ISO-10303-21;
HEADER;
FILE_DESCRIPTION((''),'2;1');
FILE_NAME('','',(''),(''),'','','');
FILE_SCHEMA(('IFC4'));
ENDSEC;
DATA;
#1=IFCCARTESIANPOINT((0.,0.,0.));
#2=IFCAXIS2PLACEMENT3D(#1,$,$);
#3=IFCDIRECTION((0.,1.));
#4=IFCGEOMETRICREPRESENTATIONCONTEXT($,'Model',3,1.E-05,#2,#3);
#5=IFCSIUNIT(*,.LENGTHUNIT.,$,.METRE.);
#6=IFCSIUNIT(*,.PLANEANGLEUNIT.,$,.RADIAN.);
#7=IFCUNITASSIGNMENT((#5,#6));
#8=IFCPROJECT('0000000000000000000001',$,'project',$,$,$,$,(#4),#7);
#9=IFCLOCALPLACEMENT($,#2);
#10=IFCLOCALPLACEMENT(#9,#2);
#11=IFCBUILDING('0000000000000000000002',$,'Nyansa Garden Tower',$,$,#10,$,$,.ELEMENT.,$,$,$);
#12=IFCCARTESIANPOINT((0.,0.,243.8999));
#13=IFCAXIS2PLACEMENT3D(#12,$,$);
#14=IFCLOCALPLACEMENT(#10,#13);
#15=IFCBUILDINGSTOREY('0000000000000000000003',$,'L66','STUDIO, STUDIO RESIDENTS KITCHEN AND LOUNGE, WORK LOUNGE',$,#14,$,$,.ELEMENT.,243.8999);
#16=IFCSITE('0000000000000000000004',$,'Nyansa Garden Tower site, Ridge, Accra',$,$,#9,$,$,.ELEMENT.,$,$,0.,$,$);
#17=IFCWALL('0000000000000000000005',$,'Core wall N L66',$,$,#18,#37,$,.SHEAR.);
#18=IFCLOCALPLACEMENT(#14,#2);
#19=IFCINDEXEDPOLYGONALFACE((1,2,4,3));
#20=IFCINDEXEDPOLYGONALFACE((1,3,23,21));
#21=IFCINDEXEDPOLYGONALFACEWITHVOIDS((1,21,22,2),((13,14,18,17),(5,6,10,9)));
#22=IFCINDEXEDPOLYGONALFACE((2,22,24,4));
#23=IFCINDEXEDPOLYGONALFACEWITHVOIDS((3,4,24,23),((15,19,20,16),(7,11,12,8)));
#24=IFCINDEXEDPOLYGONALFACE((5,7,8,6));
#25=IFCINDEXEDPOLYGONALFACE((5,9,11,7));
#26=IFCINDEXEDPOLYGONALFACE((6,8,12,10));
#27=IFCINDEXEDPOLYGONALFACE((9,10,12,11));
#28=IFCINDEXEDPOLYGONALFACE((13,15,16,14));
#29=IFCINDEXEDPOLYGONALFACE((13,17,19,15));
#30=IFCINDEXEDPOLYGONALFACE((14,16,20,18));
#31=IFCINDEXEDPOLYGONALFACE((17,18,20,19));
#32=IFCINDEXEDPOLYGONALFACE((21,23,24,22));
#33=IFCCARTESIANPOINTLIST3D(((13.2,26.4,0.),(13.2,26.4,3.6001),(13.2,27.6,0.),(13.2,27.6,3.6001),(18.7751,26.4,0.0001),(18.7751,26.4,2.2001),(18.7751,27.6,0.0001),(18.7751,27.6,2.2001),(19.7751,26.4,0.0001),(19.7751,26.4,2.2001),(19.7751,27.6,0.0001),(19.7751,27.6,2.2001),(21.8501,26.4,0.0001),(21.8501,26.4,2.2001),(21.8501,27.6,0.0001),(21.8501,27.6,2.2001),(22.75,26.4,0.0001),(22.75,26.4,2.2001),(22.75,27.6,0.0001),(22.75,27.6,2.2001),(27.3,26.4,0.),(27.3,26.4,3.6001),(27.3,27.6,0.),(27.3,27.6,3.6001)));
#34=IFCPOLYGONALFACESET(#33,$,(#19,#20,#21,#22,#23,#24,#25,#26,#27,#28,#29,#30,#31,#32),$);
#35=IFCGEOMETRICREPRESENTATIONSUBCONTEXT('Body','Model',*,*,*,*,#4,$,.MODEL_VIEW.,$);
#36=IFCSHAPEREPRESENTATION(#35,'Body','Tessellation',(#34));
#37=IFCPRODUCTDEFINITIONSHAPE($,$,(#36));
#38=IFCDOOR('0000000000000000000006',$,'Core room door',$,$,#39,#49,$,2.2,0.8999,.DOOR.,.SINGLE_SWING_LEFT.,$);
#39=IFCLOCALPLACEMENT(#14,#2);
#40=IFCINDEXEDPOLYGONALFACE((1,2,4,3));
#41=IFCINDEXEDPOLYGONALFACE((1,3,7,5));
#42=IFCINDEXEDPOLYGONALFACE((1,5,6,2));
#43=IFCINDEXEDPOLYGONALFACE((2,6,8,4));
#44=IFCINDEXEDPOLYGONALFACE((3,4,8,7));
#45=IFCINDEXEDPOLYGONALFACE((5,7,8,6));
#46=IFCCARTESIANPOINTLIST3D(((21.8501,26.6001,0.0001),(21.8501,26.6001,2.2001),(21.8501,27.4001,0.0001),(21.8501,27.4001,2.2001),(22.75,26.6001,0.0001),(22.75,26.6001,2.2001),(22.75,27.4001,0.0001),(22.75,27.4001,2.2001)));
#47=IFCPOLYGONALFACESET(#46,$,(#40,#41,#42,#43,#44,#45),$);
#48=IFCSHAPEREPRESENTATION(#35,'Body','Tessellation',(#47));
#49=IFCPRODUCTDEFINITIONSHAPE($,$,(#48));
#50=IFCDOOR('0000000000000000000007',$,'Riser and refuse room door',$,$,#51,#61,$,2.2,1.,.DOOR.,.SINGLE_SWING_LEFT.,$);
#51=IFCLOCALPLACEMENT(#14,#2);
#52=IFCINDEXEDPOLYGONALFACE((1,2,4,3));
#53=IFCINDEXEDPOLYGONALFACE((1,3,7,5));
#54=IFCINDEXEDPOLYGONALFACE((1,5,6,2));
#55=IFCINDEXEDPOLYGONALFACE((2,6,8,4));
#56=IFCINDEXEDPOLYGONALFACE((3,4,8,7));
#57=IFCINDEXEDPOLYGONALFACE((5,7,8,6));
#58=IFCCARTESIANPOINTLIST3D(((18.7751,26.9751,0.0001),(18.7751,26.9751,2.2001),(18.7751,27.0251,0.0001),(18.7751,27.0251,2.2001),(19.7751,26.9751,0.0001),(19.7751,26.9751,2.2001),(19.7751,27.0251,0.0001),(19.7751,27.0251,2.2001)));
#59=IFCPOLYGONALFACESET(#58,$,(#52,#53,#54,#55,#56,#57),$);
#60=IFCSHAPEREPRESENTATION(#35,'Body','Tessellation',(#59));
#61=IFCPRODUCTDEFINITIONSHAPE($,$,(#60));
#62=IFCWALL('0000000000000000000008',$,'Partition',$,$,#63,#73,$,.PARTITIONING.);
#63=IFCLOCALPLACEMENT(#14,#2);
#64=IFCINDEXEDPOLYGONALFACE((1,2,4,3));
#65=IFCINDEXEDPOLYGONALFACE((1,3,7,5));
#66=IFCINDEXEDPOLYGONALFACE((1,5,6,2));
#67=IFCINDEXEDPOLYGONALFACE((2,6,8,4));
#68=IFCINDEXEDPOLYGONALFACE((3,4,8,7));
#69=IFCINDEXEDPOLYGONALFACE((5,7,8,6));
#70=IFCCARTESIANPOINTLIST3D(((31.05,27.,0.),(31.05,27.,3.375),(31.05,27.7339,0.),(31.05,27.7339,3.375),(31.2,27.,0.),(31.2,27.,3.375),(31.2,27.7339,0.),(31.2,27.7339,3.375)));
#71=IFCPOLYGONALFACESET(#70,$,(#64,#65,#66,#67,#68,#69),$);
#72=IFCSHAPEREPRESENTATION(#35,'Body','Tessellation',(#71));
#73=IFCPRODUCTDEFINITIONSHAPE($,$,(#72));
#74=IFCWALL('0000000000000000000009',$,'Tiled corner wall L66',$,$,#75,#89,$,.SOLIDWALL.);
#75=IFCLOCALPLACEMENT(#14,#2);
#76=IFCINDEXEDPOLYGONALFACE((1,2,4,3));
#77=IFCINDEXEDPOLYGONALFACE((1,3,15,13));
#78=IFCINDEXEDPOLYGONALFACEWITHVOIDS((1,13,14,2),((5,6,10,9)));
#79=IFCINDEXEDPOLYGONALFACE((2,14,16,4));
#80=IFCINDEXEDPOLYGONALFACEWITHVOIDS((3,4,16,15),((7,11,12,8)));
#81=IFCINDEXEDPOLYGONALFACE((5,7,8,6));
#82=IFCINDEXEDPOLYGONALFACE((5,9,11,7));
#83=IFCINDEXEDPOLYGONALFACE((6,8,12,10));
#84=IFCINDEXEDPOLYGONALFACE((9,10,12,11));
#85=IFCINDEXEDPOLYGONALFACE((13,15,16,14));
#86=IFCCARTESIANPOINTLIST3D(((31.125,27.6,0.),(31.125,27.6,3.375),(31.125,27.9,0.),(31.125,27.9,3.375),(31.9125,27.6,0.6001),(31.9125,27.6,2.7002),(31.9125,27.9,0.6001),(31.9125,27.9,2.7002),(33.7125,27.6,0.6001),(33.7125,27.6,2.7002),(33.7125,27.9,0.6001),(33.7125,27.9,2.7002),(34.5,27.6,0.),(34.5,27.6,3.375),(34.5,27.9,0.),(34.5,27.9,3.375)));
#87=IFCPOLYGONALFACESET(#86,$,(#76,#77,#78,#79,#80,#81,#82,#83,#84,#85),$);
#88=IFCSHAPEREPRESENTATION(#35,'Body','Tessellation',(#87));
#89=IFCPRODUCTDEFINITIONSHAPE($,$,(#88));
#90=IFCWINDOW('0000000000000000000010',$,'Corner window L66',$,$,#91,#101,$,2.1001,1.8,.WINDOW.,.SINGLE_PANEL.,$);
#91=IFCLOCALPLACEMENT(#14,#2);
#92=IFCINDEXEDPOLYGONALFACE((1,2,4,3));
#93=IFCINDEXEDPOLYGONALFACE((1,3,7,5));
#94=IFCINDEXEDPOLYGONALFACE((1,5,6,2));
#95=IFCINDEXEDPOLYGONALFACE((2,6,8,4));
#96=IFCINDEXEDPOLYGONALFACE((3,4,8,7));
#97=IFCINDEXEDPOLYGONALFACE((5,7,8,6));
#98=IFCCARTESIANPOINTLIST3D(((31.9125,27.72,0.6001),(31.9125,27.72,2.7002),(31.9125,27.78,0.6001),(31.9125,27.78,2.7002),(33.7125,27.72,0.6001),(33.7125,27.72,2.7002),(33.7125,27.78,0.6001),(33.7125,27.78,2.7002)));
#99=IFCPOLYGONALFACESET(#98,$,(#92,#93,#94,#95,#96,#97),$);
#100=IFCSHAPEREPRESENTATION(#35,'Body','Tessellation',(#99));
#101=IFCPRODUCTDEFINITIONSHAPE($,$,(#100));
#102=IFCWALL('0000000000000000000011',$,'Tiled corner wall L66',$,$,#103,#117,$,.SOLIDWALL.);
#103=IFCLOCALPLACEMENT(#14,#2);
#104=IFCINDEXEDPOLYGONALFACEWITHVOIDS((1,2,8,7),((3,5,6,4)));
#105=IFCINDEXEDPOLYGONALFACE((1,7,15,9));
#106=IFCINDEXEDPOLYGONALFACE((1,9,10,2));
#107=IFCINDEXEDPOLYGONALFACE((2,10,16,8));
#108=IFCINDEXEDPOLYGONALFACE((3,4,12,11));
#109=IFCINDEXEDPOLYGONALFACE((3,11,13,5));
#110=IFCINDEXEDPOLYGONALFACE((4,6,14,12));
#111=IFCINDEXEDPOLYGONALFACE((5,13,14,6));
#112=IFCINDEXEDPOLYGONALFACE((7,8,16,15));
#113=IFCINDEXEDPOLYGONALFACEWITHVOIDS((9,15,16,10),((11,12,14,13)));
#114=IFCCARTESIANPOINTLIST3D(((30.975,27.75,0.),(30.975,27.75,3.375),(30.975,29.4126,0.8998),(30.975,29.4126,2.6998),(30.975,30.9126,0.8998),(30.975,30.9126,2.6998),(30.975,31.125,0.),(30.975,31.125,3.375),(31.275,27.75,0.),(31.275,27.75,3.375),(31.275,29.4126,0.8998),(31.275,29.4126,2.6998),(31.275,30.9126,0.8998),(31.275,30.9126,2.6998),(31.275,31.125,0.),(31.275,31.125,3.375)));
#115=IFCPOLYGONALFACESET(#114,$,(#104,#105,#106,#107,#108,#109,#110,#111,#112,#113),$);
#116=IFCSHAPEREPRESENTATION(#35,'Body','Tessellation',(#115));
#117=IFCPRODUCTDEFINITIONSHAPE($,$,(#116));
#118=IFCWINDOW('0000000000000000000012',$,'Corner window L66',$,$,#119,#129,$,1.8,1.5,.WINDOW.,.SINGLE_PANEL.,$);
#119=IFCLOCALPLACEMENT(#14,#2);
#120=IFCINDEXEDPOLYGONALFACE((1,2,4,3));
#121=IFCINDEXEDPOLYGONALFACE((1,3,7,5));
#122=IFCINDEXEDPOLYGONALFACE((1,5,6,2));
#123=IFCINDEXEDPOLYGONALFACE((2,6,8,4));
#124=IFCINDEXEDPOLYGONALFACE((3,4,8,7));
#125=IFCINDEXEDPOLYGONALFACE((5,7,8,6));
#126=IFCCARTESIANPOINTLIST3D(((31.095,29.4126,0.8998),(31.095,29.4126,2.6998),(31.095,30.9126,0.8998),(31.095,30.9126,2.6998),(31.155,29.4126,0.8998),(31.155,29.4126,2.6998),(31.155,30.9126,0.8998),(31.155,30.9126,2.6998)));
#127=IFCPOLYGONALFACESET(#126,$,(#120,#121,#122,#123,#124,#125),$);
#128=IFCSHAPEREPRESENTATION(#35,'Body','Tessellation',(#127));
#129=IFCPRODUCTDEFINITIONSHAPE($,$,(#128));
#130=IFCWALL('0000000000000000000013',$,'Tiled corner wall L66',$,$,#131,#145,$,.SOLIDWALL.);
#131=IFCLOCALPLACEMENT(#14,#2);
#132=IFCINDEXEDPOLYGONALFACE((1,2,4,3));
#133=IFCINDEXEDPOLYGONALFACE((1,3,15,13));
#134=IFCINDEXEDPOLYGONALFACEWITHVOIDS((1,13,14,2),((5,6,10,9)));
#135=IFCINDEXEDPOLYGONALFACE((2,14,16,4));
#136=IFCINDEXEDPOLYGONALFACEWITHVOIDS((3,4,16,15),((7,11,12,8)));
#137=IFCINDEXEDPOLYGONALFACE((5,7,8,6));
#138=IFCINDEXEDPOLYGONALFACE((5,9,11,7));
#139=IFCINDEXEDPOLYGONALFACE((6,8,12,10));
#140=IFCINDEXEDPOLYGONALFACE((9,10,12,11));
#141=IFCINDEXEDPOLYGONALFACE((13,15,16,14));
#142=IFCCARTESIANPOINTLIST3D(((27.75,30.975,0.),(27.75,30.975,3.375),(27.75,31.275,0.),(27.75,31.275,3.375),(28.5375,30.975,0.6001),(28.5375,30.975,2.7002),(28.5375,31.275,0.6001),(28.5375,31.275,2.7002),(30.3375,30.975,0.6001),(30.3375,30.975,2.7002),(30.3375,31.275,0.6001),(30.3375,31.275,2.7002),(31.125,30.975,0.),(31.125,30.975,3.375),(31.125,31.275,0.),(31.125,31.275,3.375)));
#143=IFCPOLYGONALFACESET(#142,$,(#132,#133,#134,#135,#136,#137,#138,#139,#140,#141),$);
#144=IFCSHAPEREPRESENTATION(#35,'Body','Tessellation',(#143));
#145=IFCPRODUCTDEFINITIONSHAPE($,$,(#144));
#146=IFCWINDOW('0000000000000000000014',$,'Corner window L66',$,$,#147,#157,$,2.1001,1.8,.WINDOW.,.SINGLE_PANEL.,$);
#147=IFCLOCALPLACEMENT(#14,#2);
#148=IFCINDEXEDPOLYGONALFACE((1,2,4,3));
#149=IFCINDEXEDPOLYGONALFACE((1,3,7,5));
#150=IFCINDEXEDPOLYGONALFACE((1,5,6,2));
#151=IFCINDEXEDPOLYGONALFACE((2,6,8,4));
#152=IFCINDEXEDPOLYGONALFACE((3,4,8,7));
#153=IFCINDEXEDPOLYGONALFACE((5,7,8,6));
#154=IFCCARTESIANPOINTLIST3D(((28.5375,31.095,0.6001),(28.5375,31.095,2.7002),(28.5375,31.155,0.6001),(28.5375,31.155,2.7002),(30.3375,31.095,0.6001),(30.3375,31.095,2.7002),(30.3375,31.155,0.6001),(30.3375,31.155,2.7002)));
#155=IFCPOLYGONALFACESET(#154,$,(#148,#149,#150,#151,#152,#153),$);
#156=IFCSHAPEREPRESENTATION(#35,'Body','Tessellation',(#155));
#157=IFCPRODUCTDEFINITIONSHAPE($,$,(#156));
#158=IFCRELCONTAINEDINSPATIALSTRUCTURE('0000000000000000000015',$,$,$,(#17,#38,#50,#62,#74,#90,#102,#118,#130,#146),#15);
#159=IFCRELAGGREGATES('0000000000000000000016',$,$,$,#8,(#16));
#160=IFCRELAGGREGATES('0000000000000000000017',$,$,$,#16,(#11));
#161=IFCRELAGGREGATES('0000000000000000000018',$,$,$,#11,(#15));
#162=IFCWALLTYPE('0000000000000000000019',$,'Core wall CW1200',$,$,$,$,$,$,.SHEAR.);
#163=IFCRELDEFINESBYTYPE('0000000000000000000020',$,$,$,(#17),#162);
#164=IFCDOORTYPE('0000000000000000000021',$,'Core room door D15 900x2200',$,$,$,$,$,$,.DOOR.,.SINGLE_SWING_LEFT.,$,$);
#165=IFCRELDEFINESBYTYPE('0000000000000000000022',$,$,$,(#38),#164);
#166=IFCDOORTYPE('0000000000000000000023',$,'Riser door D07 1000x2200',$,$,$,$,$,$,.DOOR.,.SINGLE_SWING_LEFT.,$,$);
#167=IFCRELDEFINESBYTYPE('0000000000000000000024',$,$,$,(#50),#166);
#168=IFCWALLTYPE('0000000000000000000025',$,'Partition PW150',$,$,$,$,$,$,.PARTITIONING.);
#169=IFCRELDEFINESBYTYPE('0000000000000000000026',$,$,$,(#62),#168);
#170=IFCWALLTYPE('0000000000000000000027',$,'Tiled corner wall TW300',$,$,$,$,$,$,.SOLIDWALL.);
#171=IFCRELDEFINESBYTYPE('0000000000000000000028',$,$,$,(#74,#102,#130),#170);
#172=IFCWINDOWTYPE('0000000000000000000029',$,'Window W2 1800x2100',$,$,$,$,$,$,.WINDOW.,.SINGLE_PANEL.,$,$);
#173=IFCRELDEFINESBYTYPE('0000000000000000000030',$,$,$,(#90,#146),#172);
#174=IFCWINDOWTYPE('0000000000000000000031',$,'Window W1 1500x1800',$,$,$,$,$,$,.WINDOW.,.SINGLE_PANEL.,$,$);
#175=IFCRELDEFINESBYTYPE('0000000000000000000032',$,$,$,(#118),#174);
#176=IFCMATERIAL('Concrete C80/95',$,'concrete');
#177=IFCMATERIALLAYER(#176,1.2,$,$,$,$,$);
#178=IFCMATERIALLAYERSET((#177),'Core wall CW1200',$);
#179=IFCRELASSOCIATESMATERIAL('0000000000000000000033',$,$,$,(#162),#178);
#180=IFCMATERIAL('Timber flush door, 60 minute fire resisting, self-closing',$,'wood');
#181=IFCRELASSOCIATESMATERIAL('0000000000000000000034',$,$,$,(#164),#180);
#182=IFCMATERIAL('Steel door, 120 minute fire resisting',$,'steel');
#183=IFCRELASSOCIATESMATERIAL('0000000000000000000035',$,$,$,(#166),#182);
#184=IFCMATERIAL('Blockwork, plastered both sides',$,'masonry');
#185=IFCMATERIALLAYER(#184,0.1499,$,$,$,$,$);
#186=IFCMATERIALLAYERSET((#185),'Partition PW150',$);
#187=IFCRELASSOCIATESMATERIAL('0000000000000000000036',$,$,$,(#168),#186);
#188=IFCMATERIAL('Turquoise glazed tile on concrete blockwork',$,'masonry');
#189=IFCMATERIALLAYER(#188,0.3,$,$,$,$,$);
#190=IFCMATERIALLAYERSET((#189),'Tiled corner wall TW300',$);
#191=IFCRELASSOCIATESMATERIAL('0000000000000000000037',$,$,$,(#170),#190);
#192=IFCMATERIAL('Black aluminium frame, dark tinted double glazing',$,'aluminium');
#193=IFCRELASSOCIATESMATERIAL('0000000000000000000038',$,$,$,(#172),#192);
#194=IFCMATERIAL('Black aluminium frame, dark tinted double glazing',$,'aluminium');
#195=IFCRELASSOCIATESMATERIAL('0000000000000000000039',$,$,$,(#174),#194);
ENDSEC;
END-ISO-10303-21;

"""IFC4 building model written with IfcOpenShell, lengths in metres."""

from ifc_helpers import new_model, si_unit, direction, frame, frame_2d, origin, place, context, subcontext, project, spatial, rectangle, extrude, material, layer, layer_set, type_object, element, fill, save


model = new_model("IFC4")

# Units and contexts
model_context = context("Model", 3, precision=1e-05, world=origin(), true_north=direction((0.0, 1.0)))
body_context = subcontext(model_context, "Body", "Model", "MODEL_VIEW")
ifc_project = project(units=[si_unit("LENGTHUNIT", "METRE"), si_unit("PLANEANGLEUNIT", "RADIAN")], contexts=[model_context])

# Site, building, storey
site_placement = place(None, origin())
site = spatial("IfcSite", under=ifc_project, at=site_placement, Name="Nyansa Garden Tower site, Ridge, Accra", CompositionType="ELEMENT", RefElevation=0.0)
building_placement = place(site_placement, origin())
building = spatial("IfcBuilding", under=site, at=building_placement, Name="Nyansa Garden Tower", CompositionType="ELEMENT")
storey_placement = place(building_placement, frame((0.0, 0.0, 243.8999)))
storey = spatial("IfcBuildingStorey", under=building, at=storey_placement, Name="L66", Description="STUDIO, STUDIO RESIDENTS KITCHEN AND LOUNGE, WORK LOUNGE", CompositionType="ELEMENT", Elevation=243.8999)

# Wall, openings, doors
ifc_material_1 = material(Name="Concrete C80/95", Category="concrete")
ifc_layer_1 = layer(ifc_material_1, 1.2)
ifc_layer_set_1 = layer_set([ifc_layer_1], Name="Core wall CW1200")
wall_type_1 = type_object("IfcWallType", Name="Core wall CW1200", PredefinedType="SHEAR", material=ifc_layer_set_1)
wall_1_placement = place(storey_placement, frame((27.3, 27.0, 0.0), z_axis=(0.0, 0.0, 1.0), x_axis=(-1.0, 0.0, 0.0)))
wall_1 = element("IfcWall", 1, at=wall_1_placement, inside=storey, type_object=wall_type_1, Name="Core wall N L66", PredefinedType="SHEAR", context=body_context, shape_type="SweptSolid", body=[
    extrude(rectangle(XDim=14.1001, YDim=1.2, at=frame_2d((7.05, 0.0))), origin(), (0.0, 0.0, 1.0), 3.6001),
])
opening_1_placement = place(wall_1_placement, frame((4.55, 0.0, 0.0)))
opening_1 = element("IfcOpeningElement", 2, at=opening_1_placement, cuts=wall_1, PredefinedType="OPENING", context=body_context, shape_type="SweptSolid", body=[
    extrude(rectangle(XDim=0.8999, YDim=2.2, at=frame_2d((0.45, 1.1001))), frame((0.0, 0.6099, 0.0), z_axis=(0.0, -1.0, 0.0), x_axis=(1.0, 0.0, 0.0)), (0.0, 0.0, 1.0), 1.22),
])
opening_2_placement = place(wall_1_placement, frame((7.5249, 0.0, 0.0)))
opening_2 = element("IfcOpeningElement", 3, at=opening_2_placement, cuts=wall_1, PredefinedType="OPENING", context=body_context, shape_type="SweptSolid", body=[
    extrude(rectangle(XDim=1.0, YDim=2.2, at=frame_2d((0.5, 1.1001))), frame((0.0, 0.6099, 0.0), z_axis=(0.0, -1.0, 0.0), x_axis=(1.0, 0.0, 0.0)), (0.0, 0.0, 1.0), 1.22),
])
ifc_material_2 = material(Name="Timber flush door, 60 minute fire resisting, self-closing", Category="wood")
door_type_1 = type_object("IfcDoorType", Name="Core room door D15 900x2200", OperationType="SINGLE_SWING_LEFT", PredefinedType="DOOR", material=ifc_material_2)
door_1_placement = place(opening_1_placement, origin())
door_1 = element("IfcDoor", 4, at=door_1_placement, inside=storey, type_object=door_type_1, Name="Core room door", OperationType="SINGLE_SWING_LEFT", OverallHeight=2.2, OverallWidth=0.8999, PredefinedType="DOOR", context=body_context, shape_type="SweptSolid", body=[
    extrude(rectangle(XDim=0.8999, YDim=2.2, at=frame_2d((0.45, 1.1001))), frame((0.0, 0.3999, 0.0), z_axis=(0.0, -1.0, 0.0), x_axis=(1.0, 0.0, 0.0)), (0.0, 0.0, 1.0), 0.8),
])
fill(opening_1, door_1)
ifc_material_3 = material(Name="Steel door, 120 minute fire resisting", Category="steel")
door_type_2 = type_object("IfcDoorType", Name="Riser door D07 1000x2200", OperationType="SINGLE_SWING_LEFT", PredefinedType="DOOR", material=ifc_material_3)
door_2_placement = place(opening_2_placement, origin())
door_2 = element("IfcDoor", 5, at=door_2_placement, inside=storey, type_object=door_type_2, Name="Riser and refuse room door", OperationType="SINGLE_SWING_LEFT", OverallHeight=2.2, OverallWidth=1.0, PredefinedType="DOOR", context=body_context, shape_type="SweptSolid", body=[
    extrude(rectangle(XDim=1.0, YDim=2.2, at=frame_2d((0.5, 1.1001))), frame((0.0, 0.0249, 0.0), z_axis=(0.0, -1.0, 0.0), x_axis=(1.0, 0.0, 0.0)), (0.0, 0.0, 1.0), 0.05),
])
fill(opening_2, door_2)

# Wall
ifc_material_4 = material(Name="Blockwork, plastered both sides", Category="masonry")
ifc_layer_2 = layer(ifc_material_4, 0.1499)
ifc_layer_set_2 = layer_set([ifc_layer_2], Name="Partition PW150")
wall_type_2 = type_object("IfcWallType", Name="Partition PW150", PredefinedType="PARTITIONING", material=ifc_layer_set_2)
wall_2_placement = place(storey_placement, frame((31.125, 27.0, 0.0), z_axis=(0.0, 0.0, 1.0), x_axis=(0.0, 1.0, 0.0)))
element("IfcWall", 6, at=wall_2_placement, inside=storey, type_object=wall_type_2, Name="Partition", PredefinedType="PARTITIONING", context=body_context, shape_type="SweptSolid", body=[
    extrude(rectangle(XDim=0.7339, YDim=0.1499, at=frame_2d((0.3669, 0.0))), origin(), (0.0, 0.0, 1.0), 3.375),
])

# Walls, openings, windows
ifc_material_5 = material(Name="Turquoise glazed tile on concrete blockwork", Category="masonry")
ifc_layer_3 = layer(ifc_material_5, 0.3)
ifc_layer_set_3 = layer_set([ifc_layer_3], Name="Tiled corner wall TW300")
wall_type_3 = type_object("IfcWallType", Name="Tiled corner wall TW300", PredefinedType="SOLIDWALL", material=ifc_layer_set_3)
wall_3_placement = place(storey_placement, frame((34.5, 27.75, 0.0), z_axis=(0.0, 0.0, 1.0), x_axis=(-1.0, 0.0, 0.0)))
wall_3 = element("IfcWall", 7, at=wall_3_placement, inside=storey, type_object=wall_type_3, Name="Tiled corner wall L66", PredefinedType="SOLIDWALL", context=body_context, shape_type="SweptSolid", body=[
    extrude(rectangle(XDim=3.375, YDim=0.3, at=frame_2d((1.6875, 0.0))), origin(), (0.0, 0.0, 1.0), 3.375),
])
opening_3_placement = place(wall_3_placement, frame((0.7876, 0.0, 0.6001)))
opening_3 = element("IfcOpeningElement", 8, at=opening_3_placement, cuts=wall_3, PredefinedType="OPENING", context=body_context, shape_type="SweptSolid", body=[
    extrude(rectangle(XDim=1.8, YDim=2.1001, at=frame_2d((0.8999, 1.05))), frame((0.0, 0.1599, 0.0), z_axis=(0.0, -1.0, 0.0), x_axis=(1.0, 0.0, 0.0)), (0.0, 0.0, 1.0), 0.3201),
])
ifc_material_6 = material(Name="Black aluminium frame, dark tinted double glazing", Category="aluminium")
window_type_1 = type_object("IfcWindowType", Name="Window W2 1800x2100", PartitioningType="SINGLE_PANEL", PredefinedType="WINDOW", material=ifc_material_6)
window_1_placement = place(opening_3_placement, origin())
window_1 = element("IfcWindow", 9, at=window_1_placement, inside=storey, type_object=window_type_1, Name="Corner window L66", OverallHeight=2.1001, OverallWidth=1.8, PartitioningType="SINGLE_PANEL", PredefinedType="WINDOW", context=body_context, shape_type="SweptSolid", body=[
    extrude(rectangle(XDim=1.8, YDim=2.1001, at=frame_2d((0.8999, 1.05))), frame((0.0, 0.03, 0.0), z_axis=(0.0, -1.0, 0.0), x_axis=(1.0, 0.0, 0.0)), (0.0, 0.0, 1.0), 0.0601),
])
fill(opening_3, window_1)
wall_4_placement = place(storey_placement, frame((31.125, 27.75, 0.0), z_axis=(0.0, 0.0, 1.0), x_axis=(0.0, 1.0, 0.0)))
wall_4 = element("IfcWall", 10, at=wall_4_placement, inside=storey, type_object=wall_type_3, Name="Tiled corner wall L66", PredefinedType="SOLIDWALL", context=body_context, shape_type="SweptSolid", body=[
    extrude(rectangle(XDim=3.375, YDim=0.3, at=frame_2d((1.6875, 0.0))), origin(), (0.0, 0.0, 1.0), 3.375),
])
opening_4_placement = place(wall_4_placement, frame((1.6626, 0.0, 0.8999)))
opening_4 = element("IfcOpeningElement", 11, at=opening_4_placement, cuts=wall_4, PredefinedType="OPENING", context=body_context, shape_type="SweptSolid", body=[
    extrude(rectangle(XDim=1.5, YDim=1.8, at=frame_2d((0.75, 0.8999))), frame((0.0, 0.1599, 0.0), z_axis=(0.0, -1.0, 0.0), x_axis=(1.0, 0.0, 0.0)), (0.0, 0.0, 1.0), 0.3201),
])
ifc_material_7 = material(Name="Black aluminium frame, dark tinted double glazing", Category="aluminium")
window_type_2 = type_object("IfcWindowType", Name="Window W1 1500x1800", PartitioningType="SINGLE_PANEL", PredefinedType="WINDOW", material=ifc_material_7)
window_2_placement = place(opening_4_placement, origin())
window_2 = element("IfcWindow", 12, at=window_2_placement, inside=storey, type_object=window_type_2, Name="Corner window L66", OverallHeight=1.8, OverallWidth=1.5, PartitioningType="SINGLE_PANEL", PredefinedType="WINDOW", context=body_context, shape_type="SweptSolid", body=[
    extrude(rectangle(XDim=1.5, YDim=1.8, at=frame_2d((0.75, 0.8999))), frame((0.0, 0.03, 0.0), z_axis=(0.0, -1.0, 0.0), x_axis=(1.0, 0.0, 0.0)), (0.0, 0.0, 1.0), 0.0601),
])
fill(opening_4, window_2)
wall_5_placement = place(storey_placement, frame((31.125, 31.125, 0.0), z_axis=(0.0, 0.0, 1.0), x_axis=(-1.0, 0.0, 0.0)))
wall_5 = element("IfcWall", 13, at=wall_5_placement, inside=storey, type_object=wall_type_3, Name="Tiled corner wall L66", PredefinedType="SOLIDWALL", context=body_context, shape_type="SweptSolid", body=[
    extrude(rectangle(XDim=3.375, YDim=0.3, at=frame_2d((1.6875, 0.0))), origin(), (0.0, 0.0, 1.0), 3.375),
])
opening_5_placement = place(wall_5_placement, frame((0.7876, 0.0, 0.6001)))
opening_5 = element("IfcOpeningElement", 14, at=opening_5_placement, cuts=wall_5, PredefinedType="OPENING", context=body_context, shape_type="SweptSolid", body=[
    extrude(rectangle(XDim=1.8, YDim=2.1001, at=frame_2d((0.8999, 1.05))), frame((0.0, 0.1599, 0.0), z_axis=(0.0, -1.0, 0.0), x_axis=(1.0, 0.0, 0.0)), (0.0, 0.0, 1.0), 0.3201),
])
window_3_placement = place(opening_5_placement, origin())
window_3 = element("IfcWindow", 15, at=window_3_placement, inside=storey, type_object=window_type_1, Name="Corner window L66", OverallHeight=2.1001, OverallWidth=1.8, PartitioningType="SINGLE_PANEL", PredefinedType="WINDOW", context=body_context, shape_type="SweptSolid", body=[
    extrude(rectangle(XDim=1.8, YDim=2.1001, at=frame_2d((0.8999, 1.05))), frame((0.0, 0.03, 0.0), z_axis=(0.0, -1.0, 0.0), x_axis=(1.0, 0.0, 0.0)), (0.0, 0.0, 1.0), 0.0601),
])
fill(opening_5, window_3)

save(model, "model.ifc")
